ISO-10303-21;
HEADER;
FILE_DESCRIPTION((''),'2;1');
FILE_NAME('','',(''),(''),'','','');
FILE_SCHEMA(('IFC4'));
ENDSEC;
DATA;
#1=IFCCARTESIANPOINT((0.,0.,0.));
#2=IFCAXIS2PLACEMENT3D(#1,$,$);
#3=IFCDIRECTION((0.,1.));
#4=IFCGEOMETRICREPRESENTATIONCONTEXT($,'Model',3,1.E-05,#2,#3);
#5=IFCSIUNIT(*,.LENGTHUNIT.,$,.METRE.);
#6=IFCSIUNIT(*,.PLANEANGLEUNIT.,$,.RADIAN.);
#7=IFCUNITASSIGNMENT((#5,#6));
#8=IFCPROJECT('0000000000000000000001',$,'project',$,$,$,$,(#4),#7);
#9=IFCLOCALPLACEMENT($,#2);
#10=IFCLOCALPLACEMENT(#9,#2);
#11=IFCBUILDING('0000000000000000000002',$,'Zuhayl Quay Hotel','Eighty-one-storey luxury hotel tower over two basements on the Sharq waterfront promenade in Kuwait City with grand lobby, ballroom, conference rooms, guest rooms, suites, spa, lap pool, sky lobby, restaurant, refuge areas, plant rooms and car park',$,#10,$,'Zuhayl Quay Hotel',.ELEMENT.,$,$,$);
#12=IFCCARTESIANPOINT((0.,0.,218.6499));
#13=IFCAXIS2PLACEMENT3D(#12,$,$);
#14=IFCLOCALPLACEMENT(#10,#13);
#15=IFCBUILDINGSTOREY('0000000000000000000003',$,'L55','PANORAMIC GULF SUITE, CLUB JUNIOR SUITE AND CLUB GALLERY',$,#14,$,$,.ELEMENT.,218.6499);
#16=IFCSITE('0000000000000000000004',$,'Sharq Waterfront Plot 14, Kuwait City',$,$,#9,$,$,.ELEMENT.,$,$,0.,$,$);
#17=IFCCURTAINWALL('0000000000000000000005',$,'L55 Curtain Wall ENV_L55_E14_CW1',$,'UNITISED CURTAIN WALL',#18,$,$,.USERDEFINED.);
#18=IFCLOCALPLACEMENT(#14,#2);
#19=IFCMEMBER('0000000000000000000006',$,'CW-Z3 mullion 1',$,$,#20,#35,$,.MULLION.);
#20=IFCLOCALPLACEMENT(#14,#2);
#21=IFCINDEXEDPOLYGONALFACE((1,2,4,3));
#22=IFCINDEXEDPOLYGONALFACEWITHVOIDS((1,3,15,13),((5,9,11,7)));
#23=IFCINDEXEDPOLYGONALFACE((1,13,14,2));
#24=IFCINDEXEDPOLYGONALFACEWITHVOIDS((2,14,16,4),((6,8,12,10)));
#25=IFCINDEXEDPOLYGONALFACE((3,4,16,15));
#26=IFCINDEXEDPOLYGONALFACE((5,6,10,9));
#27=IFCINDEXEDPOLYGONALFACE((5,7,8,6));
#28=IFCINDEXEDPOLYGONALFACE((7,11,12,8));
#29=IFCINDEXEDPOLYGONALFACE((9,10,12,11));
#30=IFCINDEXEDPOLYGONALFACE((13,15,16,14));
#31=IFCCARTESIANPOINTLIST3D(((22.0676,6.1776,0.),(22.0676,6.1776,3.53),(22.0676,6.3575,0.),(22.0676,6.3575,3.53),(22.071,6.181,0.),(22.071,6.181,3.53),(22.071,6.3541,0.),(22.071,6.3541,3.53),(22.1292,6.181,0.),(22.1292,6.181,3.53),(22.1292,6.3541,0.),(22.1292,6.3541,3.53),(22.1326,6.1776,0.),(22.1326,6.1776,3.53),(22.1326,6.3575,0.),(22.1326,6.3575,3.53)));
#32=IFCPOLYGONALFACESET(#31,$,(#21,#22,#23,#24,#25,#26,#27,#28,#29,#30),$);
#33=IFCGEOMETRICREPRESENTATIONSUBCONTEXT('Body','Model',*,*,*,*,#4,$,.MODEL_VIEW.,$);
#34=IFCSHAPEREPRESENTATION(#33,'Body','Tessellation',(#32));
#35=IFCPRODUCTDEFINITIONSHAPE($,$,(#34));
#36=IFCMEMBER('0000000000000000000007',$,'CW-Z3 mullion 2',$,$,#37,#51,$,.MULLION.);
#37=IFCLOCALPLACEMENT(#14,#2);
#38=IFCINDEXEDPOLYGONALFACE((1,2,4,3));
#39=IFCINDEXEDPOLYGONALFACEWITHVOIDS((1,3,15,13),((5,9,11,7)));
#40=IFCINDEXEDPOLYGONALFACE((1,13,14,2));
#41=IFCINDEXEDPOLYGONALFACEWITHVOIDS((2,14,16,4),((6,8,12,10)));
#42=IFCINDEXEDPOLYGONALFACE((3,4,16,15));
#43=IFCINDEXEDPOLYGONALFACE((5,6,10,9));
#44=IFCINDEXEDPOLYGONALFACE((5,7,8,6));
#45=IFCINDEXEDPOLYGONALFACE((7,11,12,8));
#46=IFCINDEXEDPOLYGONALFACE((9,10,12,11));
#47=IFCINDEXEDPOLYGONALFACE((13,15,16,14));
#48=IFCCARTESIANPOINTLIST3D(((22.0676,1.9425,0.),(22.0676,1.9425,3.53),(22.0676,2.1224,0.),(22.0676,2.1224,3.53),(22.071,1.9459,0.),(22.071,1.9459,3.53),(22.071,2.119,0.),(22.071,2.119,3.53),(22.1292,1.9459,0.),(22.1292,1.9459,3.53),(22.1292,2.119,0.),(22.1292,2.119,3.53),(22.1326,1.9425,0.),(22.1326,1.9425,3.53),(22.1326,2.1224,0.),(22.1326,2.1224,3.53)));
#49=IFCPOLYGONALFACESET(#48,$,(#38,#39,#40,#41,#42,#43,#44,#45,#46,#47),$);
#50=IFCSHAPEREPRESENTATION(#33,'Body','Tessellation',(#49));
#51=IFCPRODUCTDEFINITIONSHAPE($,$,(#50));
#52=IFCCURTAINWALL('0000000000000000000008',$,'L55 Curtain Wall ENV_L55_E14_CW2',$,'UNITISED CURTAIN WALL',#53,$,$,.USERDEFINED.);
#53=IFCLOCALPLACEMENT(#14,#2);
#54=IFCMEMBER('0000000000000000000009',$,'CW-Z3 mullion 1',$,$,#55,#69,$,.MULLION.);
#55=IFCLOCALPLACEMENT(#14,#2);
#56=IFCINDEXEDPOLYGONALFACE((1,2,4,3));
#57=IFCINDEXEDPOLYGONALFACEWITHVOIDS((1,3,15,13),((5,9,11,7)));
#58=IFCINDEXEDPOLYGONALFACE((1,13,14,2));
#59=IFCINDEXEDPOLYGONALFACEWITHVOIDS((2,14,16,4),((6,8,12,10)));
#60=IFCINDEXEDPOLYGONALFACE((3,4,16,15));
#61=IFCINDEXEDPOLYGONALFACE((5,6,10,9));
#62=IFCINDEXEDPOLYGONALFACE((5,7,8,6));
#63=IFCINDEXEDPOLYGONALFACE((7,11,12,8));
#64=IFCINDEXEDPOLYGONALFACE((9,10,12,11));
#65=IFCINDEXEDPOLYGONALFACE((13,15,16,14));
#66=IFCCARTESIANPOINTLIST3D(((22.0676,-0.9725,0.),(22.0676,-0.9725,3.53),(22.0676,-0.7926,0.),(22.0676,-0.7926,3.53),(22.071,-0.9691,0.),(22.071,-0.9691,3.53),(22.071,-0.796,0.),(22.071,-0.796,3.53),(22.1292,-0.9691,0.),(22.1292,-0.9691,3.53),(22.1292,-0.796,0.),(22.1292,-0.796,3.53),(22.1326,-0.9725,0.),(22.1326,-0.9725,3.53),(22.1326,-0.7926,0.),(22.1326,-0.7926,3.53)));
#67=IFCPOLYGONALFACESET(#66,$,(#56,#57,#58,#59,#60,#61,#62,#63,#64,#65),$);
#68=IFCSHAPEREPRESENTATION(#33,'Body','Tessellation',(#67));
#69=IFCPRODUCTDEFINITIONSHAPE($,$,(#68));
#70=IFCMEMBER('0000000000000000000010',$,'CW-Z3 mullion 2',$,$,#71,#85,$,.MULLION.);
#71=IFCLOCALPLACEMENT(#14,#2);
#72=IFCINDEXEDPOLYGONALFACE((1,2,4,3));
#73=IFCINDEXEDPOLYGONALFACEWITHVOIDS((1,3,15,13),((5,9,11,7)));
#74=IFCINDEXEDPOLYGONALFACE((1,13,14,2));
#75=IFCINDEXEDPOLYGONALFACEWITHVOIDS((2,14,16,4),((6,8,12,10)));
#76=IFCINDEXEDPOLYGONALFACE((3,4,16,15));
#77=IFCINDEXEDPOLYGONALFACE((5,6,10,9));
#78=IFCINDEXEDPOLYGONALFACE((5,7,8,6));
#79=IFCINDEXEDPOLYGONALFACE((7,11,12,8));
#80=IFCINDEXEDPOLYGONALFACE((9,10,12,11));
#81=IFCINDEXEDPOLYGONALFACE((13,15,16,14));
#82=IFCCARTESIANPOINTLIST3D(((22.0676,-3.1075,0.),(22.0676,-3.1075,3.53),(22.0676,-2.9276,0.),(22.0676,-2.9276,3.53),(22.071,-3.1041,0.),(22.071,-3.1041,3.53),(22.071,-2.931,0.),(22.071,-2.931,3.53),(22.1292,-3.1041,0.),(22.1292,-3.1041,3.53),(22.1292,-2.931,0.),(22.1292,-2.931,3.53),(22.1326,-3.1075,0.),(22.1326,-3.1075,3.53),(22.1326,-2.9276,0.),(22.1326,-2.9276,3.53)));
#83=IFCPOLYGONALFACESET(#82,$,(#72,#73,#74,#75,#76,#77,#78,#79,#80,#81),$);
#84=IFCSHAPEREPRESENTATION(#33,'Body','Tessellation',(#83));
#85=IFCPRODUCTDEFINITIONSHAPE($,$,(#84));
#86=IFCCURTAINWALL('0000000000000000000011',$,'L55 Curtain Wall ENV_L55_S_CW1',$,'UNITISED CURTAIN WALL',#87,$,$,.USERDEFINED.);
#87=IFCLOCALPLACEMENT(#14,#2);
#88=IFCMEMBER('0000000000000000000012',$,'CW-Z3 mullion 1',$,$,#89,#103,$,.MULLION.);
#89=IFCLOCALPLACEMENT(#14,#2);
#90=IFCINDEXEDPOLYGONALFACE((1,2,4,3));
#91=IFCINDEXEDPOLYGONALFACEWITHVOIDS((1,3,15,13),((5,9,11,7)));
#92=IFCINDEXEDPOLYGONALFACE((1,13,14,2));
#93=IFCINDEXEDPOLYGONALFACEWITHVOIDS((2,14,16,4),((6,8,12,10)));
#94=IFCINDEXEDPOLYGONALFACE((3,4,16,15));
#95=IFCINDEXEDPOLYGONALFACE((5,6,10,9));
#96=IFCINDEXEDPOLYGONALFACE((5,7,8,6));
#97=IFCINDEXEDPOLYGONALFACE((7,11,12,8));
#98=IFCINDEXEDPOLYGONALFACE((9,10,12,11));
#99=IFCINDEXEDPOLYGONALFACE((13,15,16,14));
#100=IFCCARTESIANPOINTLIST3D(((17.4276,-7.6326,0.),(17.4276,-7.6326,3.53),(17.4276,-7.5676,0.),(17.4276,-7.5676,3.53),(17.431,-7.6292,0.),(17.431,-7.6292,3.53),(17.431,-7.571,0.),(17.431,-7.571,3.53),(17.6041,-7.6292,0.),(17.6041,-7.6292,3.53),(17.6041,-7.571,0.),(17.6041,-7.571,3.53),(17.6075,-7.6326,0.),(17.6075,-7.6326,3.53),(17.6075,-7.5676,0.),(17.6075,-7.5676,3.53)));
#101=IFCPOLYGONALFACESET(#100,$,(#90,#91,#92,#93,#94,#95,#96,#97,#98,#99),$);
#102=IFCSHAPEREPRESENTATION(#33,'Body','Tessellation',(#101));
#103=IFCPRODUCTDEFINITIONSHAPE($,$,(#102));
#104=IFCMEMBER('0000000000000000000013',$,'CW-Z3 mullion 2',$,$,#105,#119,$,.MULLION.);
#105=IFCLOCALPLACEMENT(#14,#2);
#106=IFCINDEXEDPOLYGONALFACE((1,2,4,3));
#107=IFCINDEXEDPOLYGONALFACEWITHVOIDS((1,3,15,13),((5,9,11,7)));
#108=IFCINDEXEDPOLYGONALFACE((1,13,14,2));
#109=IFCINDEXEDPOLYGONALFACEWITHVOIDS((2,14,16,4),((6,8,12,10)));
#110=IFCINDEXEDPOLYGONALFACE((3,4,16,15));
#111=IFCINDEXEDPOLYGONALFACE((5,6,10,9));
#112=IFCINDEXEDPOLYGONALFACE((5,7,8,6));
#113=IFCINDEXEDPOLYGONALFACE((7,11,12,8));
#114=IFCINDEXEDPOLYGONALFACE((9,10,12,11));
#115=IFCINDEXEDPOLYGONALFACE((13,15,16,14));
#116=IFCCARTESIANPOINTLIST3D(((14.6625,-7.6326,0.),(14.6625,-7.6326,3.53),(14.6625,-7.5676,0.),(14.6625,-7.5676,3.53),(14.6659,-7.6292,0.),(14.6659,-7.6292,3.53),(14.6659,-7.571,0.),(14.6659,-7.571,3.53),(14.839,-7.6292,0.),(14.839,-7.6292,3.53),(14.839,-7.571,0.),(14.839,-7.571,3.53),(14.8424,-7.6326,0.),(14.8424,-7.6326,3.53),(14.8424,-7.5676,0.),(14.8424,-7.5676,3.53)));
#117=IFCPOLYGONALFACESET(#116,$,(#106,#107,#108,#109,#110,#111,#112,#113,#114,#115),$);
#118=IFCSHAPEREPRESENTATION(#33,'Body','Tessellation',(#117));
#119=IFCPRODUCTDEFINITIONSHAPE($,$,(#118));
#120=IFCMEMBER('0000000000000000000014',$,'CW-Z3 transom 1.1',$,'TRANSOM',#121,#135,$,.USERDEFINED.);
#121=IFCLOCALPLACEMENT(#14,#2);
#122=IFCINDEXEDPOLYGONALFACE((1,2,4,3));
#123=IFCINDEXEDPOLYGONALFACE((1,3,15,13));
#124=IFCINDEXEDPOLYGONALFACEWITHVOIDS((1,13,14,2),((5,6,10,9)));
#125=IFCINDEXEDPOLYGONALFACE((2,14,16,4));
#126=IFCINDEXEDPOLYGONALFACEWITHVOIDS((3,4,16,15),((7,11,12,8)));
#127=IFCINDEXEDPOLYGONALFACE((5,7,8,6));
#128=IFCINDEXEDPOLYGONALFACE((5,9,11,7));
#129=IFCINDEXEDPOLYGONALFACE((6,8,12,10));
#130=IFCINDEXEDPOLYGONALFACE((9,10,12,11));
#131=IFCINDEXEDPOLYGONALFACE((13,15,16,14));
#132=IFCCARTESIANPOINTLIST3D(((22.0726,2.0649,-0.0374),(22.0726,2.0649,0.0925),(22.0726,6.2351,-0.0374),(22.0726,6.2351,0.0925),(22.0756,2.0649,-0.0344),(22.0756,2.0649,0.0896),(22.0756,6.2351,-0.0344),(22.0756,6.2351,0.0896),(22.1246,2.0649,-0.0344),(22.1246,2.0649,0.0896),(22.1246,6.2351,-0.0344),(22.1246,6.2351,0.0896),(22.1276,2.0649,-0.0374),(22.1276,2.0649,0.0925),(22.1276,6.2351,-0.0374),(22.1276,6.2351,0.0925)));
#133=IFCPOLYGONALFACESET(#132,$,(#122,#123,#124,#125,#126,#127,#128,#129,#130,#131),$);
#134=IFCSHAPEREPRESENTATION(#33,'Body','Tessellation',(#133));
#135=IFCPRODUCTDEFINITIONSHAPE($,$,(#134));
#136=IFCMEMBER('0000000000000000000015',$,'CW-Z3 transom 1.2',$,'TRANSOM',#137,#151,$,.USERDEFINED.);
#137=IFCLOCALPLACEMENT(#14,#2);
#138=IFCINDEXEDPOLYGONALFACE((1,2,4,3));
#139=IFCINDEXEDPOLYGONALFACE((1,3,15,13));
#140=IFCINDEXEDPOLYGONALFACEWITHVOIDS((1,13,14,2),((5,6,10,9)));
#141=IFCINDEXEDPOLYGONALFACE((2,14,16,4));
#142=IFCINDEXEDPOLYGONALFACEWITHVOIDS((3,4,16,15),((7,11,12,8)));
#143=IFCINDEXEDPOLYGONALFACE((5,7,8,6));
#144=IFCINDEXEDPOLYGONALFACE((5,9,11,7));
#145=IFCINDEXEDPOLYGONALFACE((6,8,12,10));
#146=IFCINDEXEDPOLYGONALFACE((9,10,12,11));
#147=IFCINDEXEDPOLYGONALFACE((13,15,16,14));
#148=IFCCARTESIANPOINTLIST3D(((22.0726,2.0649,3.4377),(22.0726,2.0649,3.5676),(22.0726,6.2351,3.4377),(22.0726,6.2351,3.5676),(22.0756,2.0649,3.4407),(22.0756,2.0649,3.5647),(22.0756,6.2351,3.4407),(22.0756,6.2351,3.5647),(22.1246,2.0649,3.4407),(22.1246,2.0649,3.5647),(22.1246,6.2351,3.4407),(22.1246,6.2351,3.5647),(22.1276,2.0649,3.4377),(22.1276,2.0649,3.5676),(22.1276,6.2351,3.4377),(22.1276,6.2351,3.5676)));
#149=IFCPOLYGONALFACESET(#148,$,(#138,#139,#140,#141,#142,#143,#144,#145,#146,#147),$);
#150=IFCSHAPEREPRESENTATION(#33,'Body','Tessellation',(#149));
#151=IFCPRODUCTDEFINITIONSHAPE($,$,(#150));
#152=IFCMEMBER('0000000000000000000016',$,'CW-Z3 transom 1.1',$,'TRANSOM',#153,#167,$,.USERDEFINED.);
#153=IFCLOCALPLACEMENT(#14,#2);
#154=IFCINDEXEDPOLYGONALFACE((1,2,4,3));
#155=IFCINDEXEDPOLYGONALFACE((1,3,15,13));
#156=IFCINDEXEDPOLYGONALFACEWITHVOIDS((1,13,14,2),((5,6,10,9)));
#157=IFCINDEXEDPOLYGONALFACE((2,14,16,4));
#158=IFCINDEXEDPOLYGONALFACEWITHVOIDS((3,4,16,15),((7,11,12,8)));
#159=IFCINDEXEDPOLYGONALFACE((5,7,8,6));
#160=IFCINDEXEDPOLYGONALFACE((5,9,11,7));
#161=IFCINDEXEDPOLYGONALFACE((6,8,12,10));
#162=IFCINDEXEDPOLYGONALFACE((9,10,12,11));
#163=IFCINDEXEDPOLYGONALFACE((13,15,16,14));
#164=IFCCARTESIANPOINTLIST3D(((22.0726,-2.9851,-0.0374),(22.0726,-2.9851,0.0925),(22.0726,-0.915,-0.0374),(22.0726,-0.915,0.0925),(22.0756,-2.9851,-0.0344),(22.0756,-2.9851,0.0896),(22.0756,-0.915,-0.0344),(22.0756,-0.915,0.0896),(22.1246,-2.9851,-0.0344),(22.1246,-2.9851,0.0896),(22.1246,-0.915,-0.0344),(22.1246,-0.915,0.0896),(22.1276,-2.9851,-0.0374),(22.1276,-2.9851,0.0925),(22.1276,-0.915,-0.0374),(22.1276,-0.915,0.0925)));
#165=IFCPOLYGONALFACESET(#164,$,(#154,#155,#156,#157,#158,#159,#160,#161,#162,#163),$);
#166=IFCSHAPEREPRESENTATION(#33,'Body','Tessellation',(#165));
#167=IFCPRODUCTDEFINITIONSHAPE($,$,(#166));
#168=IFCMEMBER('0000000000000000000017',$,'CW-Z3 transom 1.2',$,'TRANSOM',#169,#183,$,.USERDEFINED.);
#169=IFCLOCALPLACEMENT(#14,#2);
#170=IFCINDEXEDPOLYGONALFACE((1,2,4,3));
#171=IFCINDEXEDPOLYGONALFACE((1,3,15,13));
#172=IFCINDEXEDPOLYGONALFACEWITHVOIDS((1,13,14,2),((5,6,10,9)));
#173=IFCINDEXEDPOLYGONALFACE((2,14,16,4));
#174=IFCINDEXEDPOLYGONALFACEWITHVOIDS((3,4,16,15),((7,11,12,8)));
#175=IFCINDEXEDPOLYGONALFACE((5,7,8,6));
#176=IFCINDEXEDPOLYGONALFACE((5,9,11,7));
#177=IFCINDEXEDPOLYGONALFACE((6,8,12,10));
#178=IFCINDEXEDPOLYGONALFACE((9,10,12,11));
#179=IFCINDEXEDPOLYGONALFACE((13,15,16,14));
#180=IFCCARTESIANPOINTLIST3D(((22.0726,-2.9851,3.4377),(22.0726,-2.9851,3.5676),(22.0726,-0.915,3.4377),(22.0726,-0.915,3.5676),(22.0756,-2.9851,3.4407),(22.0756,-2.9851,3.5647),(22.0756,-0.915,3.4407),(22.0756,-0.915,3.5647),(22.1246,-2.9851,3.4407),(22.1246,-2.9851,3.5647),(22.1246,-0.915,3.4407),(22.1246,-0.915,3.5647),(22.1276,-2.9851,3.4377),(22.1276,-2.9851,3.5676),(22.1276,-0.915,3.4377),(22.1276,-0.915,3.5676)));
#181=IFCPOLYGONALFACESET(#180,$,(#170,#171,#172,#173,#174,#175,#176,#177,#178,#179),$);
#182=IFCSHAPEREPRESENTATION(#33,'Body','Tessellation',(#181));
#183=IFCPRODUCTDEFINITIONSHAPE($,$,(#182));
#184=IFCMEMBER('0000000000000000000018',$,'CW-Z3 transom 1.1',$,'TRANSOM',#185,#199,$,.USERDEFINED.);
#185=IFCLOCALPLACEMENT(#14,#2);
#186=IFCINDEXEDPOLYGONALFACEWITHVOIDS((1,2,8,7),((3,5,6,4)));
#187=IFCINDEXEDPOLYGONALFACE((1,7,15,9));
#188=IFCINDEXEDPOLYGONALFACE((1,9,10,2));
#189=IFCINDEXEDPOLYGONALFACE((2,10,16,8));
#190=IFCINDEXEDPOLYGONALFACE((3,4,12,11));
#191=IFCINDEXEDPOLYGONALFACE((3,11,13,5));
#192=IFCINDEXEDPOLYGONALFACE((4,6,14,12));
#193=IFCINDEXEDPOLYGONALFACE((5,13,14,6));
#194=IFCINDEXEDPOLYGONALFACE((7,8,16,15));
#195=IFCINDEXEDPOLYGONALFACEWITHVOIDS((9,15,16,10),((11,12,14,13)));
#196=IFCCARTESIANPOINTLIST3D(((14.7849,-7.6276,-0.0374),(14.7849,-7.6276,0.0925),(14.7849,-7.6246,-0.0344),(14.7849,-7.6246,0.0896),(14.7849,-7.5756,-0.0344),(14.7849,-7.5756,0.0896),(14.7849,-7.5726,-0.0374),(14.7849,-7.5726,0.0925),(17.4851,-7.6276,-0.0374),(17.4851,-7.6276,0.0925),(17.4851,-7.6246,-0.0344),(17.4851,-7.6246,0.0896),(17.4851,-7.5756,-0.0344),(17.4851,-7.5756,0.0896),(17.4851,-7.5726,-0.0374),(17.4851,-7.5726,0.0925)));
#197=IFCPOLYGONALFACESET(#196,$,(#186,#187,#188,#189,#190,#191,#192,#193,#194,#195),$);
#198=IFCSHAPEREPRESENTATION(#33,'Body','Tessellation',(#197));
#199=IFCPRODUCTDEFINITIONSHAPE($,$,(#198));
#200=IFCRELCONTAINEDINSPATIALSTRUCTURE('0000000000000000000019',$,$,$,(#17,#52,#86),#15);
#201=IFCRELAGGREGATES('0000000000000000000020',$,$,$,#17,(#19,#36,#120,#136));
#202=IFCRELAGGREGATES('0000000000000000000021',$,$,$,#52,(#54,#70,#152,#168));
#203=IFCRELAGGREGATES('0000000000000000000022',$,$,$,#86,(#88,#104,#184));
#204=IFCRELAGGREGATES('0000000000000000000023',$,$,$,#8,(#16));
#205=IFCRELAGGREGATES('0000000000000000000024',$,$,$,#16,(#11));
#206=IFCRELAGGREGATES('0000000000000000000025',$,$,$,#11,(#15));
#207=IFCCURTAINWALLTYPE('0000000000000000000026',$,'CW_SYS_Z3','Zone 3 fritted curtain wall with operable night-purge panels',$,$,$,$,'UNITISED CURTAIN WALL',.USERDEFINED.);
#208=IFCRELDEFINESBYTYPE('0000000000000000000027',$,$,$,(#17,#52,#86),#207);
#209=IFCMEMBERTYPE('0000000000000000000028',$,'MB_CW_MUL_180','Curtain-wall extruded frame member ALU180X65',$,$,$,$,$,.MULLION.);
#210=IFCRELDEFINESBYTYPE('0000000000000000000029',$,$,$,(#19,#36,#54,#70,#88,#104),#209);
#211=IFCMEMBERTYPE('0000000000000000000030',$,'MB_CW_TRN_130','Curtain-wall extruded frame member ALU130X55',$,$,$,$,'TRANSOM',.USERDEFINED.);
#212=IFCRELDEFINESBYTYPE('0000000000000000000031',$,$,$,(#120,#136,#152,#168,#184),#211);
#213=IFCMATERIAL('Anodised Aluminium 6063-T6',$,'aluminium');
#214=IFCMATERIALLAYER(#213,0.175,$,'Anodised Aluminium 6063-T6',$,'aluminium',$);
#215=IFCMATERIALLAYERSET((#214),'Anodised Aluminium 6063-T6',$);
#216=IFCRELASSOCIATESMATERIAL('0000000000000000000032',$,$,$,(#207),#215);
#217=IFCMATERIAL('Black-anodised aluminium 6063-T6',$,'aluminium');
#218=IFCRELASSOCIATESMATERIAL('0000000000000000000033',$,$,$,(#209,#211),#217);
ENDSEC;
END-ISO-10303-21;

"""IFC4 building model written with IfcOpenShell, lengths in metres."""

from ifc_helpers import new_model, si_unit, direction, frame, origin, origin_2d, place, context, subcontext, project, spatial, hollow_rectangle, extrude, material, layer, layer_set, material_profile, profile_set, type_object, element, aggregate, save


model = new_model("IFC4")

# Units and contexts
model_context = context("Model", 3, precision=1e-05, world=origin(), true_north=direction((0.0, 1.0)))
body_context = subcontext(model_context, "Body", "Model", "MODEL_VIEW")
ifc_project = project(units=[si_unit("LENGTHUNIT", "METRE"), si_unit("PLANEANGLEUNIT", "RADIAN")], contexts=[model_context])

# Site, building, storey
site_placement = place(None, origin())
site = spatial("IfcSite", under=ifc_project, at=site_placement, Name="Sharq Waterfront Plot 14, Kuwait City", CompositionType="ELEMENT", RefElevation=0.0)
building_placement = place(site_placement, origin())
building = spatial("IfcBuilding", under=site, at=building_placement, Name="Zuhayl Quay Hotel", Description="Eighty-one-storey luxury hotel tower over two basements on the Sharq waterfront promenade in Kuwait City with grand lobby, ballroom, conference rooms, guest rooms, suites, spa, lap pool, sky lobby, restaurant, refuge areas, plant rooms and car park", LongName="Zuhayl Quay Hotel", CompositionType="ELEMENT")
storey_placement = place(building_placement, frame((0.0, 0.0, 218.6499)))
storey = spatial("IfcBuildingStorey", under=building, at=storey_placement, Name="L55", Description="PANORAMIC GULF SUITE, CLUB JUNIOR SUITE AND CLUB GALLERY", CompositionType="ELEMENT", Elevation=218.6499)

# Curtain walls, members
ifc_material_1 = material(Name="Anodised Aluminium 6063-T6", Category="aluminium")
ifc_layer_1 = layer(ifc_material_1, 0.175, Name="Anodised Aluminium 6063-T6", Category="aluminium")
ifc_layer_set_1 = layer_set([ifc_layer_1], Name="Anodised Aluminium 6063-T6")
curtain_wall_type = type_object("IfcCurtainWallType", Name="CW_SYS_Z3", Description="Zone 3 fritted curtain wall with operable night-purge panels", ElementType="UNITISED CURTAIN WALL", PredefinedType="USERDEFINED", material=ifc_layer_set_1)
curtain_wall_1_placement = place(storey_placement, origin())
curtain_wall_1 = element("IfcCurtainWall", 1, at=curtain_wall_1_placement, inside=storey, type_object=curtain_wall_type, Name="L55 Curtain Wall ENV_L55_E14_CW1", ObjectType="UNITISED CURTAIN WALL", PredefinedType="USERDEFINED")
ifc_material_2 = material(Name="Black-anodised aluminium 6063-T6", Category="aluminium")
ifc_material_profile_1 = material_profile(ifc_material_2, hollow_rectangle(XDim=0.0649, YDim=0.1799, WallThickness=0.0034, at=origin_2d()), Name="ALU180X65")
ifc_profile_set_1 = profile_set([ifc_material_profile_1], Name="Black-anodised aluminium 6063-T6")
member_type_1 = type_object("IfcMemberType", Name="MB_CW_MUL_180", Description="Curtain-wall extruded frame member ALU180X65", PredefinedType="MULLION", material=ifc_profile_set_1)
member_1_placement = place(storey_placement, frame((22.1001, 6.2676, 0.0), z_axis=(0.0, 0.0, 1.0), x_axis=(1.0, 0.0, 0.0)))
member_1 = element("IfcMember", 2, at=member_1_placement, type_object=member_type_1, Name="CW-Z3 mullion 1", PredefinedType="MULLION", context=body_context, shape_type="SweptSolid", body=[
    extrude(hollow_rectangle(XDim=0.0649, YDim=0.1799, WallThickness=0.0034, at=origin_2d()), origin(), (0.0, 0.0, 1.0), 3.53),
])
member_2_placement = place(storey_placement, frame((22.1001, 2.0325, 0.0), z_axis=(0.0, 0.0, 1.0), x_axis=(1.0, 0.0, 0.0)))
member_2 = element("IfcMember", 3, at=member_2_placement, type_object=member_type_1, Name="CW-Z3 mullion 2", PredefinedType="MULLION", context=body_context, shape_type="SweptSolid", body=[
    extrude(hollow_rectangle(XDim=0.0649, YDim=0.1799, WallThickness=0.0034, at=origin_2d()), origin(), (0.0, 0.0, 1.0), 3.53),
])
curtain_wall_2_placement = place(storey_placement, origin())
curtain_wall_2 = element("IfcCurtainWall", 4, at=curtain_wall_2_placement, inside=storey, type_object=curtain_wall_type, Name="L55 Curtain Wall ENV_L55_E14_CW2", ObjectType="UNITISED CURTAIN WALL", PredefinedType="USERDEFINED")
member_3_placement = place(storey_placement, frame((22.1001, -0.8826, 0.0), z_axis=(0.0, 0.0, 1.0), x_axis=(1.0, 0.0, 0.0)))
member_3 = element("IfcMember", 5, at=member_3_placement, type_object=member_type_1, Name="CW-Z3 mullion 1", PredefinedType="MULLION", context=body_context, shape_type="SweptSolid", body=[
    extrude(hollow_rectangle(XDim=0.0649, YDim=0.1799, WallThickness=0.0034, at=origin_2d()), origin(), (0.0, 0.0, 1.0), 3.53),
])
member_4_placement = place(storey_placement, frame((22.1001, -3.0176, 0.0), z_axis=(0.0, 0.0, 1.0), x_axis=(1.0, 0.0, 0.0)))
member_4 = element("IfcMember", 6, at=member_4_placement, type_object=member_type_1, Name="CW-Z3 mullion 2", PredefinedType="MULLION", context=body_context, shape_type="SweptSolid", body=[
    extrude(hollow_rectangle(XDim=0.0649, YDim=0.1799, WallThickness=0.0034, at=origin_2d()), origin(), (0.0, 0.0, 1.0), 3.53),
])
curtain_wall_3_placement = place(storey_placement, origin())
curtain_wall_3 = element("IfcCurtainWall", 7, at=curtain_wall_3_placement, inside=storey, type_object=curtain_wall_type, Name="L55 Curtain Wall ENV_L55_S_CW1", ObjectType="UNITISED CURTAIN WALL", PredefinedType="USERDEFINED")
member_5_placement = place(storey_placement, frame((17.5176, -7.6001, 0.0), z_axis=(0.0, 0.0, 1.0), x_axis=(0.0, -1.0, 0.0)))
member_5 = element("IfcMember", 8, at=member_5_placement, type_object=member_type_1, Name="CW-Z3 mullion 1", PredefinedType="MULLION", context=body_context, shape_type="SweptSolid", body=[
    extrude(hollow_rectangle(XDim=0.0649, YDim=0.1799, WallThickness=0.0034, at=origin_2d()), origin(), (0.0, 0.0, 1.0), 3.53),
])
member_6_placement = place(storey_placement, frame((14.7524, -7.6001, 0.0), z_axis=(0.0, 0.0, 1.0), x_axis=(0.0, -1.0, 0.0)))
member_6 = element("IfcMember", 9, at=member_6_placement, type_object=member_type_1, Name="CW-Z3 mullion 2", PredefinedType="MULLION", context=body_context, shape_type="SweptSolid", body=[
    extrude(hollow_rectangle(XDim=0.0649, YDim=0.1799, WallThickness=0.0034, at=origin_2d()), origin(), (0.0, 0.0, 1.0), 3.53),
])

# Members
ifc_material_profile_2 = material_profile(ifc_material_2, hollow_rectangle(XDim=0.0549, YDim=0.1299, WallThickness=0.0029, at=origin_2d()), Name="ALU130X55")
ifc_profile_set_2 = profile_set([ifc_material_profile_2], Name="Black-anodised aluminium 6063-T6")
member_type_2 = type_object("IfcMemberType", Name="MB_CW_TRN_130", Description="Curtain-wall extruded frame member ALU130X55", ElementType="TRANSOM", PredefinedType="USERDEFINED", material=ifc_profile_set_2)
member_7_placement = place(storey_placement, frame((22.1001, 6.2351, 0.0276), z_axis=(0.0, -1.0, 0.0), x_axis=(1.0, 0.0, 0.0)))
member_7 = element("IfcMember", 10, at=member_7_placement, type_object=member_type_2, Name="CW-Z3 transom 1.1", ObjectType="TRANSOM", PredefinedType="USERDEFINED", context=body_context, shape_type="SweptSolid", body=[
    extrude(hollow_rectangle(XDim=0.0549, YDim=0.1299, WallThickness=0.0029, at=origin_2d()), origin(), (0.0, 0.0, 1.0), 4.1702),
])
member_8_placement = place(storey_placement, frame((22.1001, 6.2351, 3.5027), z_axis=(0.0, -1.0, 0.0), x_axis=(1.0, 0.0, 0.0)))
member_8 = element("IfcMember", 11, at=member_8_placement, type_object=member_type_2, Name="CW-Z3 transom 1.2", ObjectType="TRANSOM", PredefinedType="USERDEFINED", context=body_context, shape_type="SweptSolid", body=[
    extrude(hollow_rectangle(XDim=0.0549, YDim=0.1299, WallThickness=0.0029, at=origin_2d()), origin(), (0.0, 0.0, 1.0), 4.1702),
])
member_9_placement = place(storey_placement, frame((22.1001, -0.915, 0.0276), z_axis=(0.0, -1.0, 0.0), x_axis=(1.0, 0.0, 0.0)))
member_9 = element("IfcMember", 12, at=member_9_placement, type_object=member_type_2, Name="CW-Z3 transom 1.1", ObjectType="TRANSOM", PredefinedType="USERDEFINED", context=body_context, shape_type="SweptSolid", body=[
    extrude(hollow_rectangle(XDim=0.0549, YDim=0.1299, WallThickness=0.0029, at=origin_2d()), origin(), (0.0, 0.0, 1.0), 2.0701),
])
member_10_placement = place(storey_placement, frame((22.1001, -0.915, 3.5027), z_axis=(0.0, -1.0, 0.0), x_axis=(1.0, 0.0, 0.0)))
member_10 = element("IfcMember", 13, at=member_10_placement, type_object=member_type_2, Name="CW-Z3 transom 1.2", ObjectType="TRANSOM", PredefinedType="USERDEFINED", context=body_context, shape_type="SweptSolid", body=[
    extrude(hollow_rectangle(XDim=0.0549, YDim=0.1299, WallThickness=0.0029, at=origin_2d()), origin(), (0.0, 0.0, 1.0), 2.0701),
])
member_11_placement = place(storey_placement, frame((17.4851, -7.6001, 0.0276), z_axis=(-1.0, 0.0, 0.0), x_axis=(0.0, -1.0, 0.0)))
member_11 = element("IfcMember", 14, at=member_11_placement, type_object=member_type_2, Name="CW-Z3 transom 1.1", ObjectType="TRANSOM", PredefinedType="USERDEFINED", context=body_context, shape_type="SweptSolid", body=[
    extrude(hollow_rectangle(XDim=0.0549, YDim=0.1299, WallThickness=0.0029, at=origin_2d()), origin(), (0.0, 0.0, 1.0), 2.7002),
])

aggregate(curtain_wall_1, [member_1, member_2, member_7, member_8])
aggregate(curtain_wall_2, [member_3, member_4, member_9, member_10])
aggregate(curtain_wall_3, [member_5, member_6, member_11])

save(model, "model.ifc")
